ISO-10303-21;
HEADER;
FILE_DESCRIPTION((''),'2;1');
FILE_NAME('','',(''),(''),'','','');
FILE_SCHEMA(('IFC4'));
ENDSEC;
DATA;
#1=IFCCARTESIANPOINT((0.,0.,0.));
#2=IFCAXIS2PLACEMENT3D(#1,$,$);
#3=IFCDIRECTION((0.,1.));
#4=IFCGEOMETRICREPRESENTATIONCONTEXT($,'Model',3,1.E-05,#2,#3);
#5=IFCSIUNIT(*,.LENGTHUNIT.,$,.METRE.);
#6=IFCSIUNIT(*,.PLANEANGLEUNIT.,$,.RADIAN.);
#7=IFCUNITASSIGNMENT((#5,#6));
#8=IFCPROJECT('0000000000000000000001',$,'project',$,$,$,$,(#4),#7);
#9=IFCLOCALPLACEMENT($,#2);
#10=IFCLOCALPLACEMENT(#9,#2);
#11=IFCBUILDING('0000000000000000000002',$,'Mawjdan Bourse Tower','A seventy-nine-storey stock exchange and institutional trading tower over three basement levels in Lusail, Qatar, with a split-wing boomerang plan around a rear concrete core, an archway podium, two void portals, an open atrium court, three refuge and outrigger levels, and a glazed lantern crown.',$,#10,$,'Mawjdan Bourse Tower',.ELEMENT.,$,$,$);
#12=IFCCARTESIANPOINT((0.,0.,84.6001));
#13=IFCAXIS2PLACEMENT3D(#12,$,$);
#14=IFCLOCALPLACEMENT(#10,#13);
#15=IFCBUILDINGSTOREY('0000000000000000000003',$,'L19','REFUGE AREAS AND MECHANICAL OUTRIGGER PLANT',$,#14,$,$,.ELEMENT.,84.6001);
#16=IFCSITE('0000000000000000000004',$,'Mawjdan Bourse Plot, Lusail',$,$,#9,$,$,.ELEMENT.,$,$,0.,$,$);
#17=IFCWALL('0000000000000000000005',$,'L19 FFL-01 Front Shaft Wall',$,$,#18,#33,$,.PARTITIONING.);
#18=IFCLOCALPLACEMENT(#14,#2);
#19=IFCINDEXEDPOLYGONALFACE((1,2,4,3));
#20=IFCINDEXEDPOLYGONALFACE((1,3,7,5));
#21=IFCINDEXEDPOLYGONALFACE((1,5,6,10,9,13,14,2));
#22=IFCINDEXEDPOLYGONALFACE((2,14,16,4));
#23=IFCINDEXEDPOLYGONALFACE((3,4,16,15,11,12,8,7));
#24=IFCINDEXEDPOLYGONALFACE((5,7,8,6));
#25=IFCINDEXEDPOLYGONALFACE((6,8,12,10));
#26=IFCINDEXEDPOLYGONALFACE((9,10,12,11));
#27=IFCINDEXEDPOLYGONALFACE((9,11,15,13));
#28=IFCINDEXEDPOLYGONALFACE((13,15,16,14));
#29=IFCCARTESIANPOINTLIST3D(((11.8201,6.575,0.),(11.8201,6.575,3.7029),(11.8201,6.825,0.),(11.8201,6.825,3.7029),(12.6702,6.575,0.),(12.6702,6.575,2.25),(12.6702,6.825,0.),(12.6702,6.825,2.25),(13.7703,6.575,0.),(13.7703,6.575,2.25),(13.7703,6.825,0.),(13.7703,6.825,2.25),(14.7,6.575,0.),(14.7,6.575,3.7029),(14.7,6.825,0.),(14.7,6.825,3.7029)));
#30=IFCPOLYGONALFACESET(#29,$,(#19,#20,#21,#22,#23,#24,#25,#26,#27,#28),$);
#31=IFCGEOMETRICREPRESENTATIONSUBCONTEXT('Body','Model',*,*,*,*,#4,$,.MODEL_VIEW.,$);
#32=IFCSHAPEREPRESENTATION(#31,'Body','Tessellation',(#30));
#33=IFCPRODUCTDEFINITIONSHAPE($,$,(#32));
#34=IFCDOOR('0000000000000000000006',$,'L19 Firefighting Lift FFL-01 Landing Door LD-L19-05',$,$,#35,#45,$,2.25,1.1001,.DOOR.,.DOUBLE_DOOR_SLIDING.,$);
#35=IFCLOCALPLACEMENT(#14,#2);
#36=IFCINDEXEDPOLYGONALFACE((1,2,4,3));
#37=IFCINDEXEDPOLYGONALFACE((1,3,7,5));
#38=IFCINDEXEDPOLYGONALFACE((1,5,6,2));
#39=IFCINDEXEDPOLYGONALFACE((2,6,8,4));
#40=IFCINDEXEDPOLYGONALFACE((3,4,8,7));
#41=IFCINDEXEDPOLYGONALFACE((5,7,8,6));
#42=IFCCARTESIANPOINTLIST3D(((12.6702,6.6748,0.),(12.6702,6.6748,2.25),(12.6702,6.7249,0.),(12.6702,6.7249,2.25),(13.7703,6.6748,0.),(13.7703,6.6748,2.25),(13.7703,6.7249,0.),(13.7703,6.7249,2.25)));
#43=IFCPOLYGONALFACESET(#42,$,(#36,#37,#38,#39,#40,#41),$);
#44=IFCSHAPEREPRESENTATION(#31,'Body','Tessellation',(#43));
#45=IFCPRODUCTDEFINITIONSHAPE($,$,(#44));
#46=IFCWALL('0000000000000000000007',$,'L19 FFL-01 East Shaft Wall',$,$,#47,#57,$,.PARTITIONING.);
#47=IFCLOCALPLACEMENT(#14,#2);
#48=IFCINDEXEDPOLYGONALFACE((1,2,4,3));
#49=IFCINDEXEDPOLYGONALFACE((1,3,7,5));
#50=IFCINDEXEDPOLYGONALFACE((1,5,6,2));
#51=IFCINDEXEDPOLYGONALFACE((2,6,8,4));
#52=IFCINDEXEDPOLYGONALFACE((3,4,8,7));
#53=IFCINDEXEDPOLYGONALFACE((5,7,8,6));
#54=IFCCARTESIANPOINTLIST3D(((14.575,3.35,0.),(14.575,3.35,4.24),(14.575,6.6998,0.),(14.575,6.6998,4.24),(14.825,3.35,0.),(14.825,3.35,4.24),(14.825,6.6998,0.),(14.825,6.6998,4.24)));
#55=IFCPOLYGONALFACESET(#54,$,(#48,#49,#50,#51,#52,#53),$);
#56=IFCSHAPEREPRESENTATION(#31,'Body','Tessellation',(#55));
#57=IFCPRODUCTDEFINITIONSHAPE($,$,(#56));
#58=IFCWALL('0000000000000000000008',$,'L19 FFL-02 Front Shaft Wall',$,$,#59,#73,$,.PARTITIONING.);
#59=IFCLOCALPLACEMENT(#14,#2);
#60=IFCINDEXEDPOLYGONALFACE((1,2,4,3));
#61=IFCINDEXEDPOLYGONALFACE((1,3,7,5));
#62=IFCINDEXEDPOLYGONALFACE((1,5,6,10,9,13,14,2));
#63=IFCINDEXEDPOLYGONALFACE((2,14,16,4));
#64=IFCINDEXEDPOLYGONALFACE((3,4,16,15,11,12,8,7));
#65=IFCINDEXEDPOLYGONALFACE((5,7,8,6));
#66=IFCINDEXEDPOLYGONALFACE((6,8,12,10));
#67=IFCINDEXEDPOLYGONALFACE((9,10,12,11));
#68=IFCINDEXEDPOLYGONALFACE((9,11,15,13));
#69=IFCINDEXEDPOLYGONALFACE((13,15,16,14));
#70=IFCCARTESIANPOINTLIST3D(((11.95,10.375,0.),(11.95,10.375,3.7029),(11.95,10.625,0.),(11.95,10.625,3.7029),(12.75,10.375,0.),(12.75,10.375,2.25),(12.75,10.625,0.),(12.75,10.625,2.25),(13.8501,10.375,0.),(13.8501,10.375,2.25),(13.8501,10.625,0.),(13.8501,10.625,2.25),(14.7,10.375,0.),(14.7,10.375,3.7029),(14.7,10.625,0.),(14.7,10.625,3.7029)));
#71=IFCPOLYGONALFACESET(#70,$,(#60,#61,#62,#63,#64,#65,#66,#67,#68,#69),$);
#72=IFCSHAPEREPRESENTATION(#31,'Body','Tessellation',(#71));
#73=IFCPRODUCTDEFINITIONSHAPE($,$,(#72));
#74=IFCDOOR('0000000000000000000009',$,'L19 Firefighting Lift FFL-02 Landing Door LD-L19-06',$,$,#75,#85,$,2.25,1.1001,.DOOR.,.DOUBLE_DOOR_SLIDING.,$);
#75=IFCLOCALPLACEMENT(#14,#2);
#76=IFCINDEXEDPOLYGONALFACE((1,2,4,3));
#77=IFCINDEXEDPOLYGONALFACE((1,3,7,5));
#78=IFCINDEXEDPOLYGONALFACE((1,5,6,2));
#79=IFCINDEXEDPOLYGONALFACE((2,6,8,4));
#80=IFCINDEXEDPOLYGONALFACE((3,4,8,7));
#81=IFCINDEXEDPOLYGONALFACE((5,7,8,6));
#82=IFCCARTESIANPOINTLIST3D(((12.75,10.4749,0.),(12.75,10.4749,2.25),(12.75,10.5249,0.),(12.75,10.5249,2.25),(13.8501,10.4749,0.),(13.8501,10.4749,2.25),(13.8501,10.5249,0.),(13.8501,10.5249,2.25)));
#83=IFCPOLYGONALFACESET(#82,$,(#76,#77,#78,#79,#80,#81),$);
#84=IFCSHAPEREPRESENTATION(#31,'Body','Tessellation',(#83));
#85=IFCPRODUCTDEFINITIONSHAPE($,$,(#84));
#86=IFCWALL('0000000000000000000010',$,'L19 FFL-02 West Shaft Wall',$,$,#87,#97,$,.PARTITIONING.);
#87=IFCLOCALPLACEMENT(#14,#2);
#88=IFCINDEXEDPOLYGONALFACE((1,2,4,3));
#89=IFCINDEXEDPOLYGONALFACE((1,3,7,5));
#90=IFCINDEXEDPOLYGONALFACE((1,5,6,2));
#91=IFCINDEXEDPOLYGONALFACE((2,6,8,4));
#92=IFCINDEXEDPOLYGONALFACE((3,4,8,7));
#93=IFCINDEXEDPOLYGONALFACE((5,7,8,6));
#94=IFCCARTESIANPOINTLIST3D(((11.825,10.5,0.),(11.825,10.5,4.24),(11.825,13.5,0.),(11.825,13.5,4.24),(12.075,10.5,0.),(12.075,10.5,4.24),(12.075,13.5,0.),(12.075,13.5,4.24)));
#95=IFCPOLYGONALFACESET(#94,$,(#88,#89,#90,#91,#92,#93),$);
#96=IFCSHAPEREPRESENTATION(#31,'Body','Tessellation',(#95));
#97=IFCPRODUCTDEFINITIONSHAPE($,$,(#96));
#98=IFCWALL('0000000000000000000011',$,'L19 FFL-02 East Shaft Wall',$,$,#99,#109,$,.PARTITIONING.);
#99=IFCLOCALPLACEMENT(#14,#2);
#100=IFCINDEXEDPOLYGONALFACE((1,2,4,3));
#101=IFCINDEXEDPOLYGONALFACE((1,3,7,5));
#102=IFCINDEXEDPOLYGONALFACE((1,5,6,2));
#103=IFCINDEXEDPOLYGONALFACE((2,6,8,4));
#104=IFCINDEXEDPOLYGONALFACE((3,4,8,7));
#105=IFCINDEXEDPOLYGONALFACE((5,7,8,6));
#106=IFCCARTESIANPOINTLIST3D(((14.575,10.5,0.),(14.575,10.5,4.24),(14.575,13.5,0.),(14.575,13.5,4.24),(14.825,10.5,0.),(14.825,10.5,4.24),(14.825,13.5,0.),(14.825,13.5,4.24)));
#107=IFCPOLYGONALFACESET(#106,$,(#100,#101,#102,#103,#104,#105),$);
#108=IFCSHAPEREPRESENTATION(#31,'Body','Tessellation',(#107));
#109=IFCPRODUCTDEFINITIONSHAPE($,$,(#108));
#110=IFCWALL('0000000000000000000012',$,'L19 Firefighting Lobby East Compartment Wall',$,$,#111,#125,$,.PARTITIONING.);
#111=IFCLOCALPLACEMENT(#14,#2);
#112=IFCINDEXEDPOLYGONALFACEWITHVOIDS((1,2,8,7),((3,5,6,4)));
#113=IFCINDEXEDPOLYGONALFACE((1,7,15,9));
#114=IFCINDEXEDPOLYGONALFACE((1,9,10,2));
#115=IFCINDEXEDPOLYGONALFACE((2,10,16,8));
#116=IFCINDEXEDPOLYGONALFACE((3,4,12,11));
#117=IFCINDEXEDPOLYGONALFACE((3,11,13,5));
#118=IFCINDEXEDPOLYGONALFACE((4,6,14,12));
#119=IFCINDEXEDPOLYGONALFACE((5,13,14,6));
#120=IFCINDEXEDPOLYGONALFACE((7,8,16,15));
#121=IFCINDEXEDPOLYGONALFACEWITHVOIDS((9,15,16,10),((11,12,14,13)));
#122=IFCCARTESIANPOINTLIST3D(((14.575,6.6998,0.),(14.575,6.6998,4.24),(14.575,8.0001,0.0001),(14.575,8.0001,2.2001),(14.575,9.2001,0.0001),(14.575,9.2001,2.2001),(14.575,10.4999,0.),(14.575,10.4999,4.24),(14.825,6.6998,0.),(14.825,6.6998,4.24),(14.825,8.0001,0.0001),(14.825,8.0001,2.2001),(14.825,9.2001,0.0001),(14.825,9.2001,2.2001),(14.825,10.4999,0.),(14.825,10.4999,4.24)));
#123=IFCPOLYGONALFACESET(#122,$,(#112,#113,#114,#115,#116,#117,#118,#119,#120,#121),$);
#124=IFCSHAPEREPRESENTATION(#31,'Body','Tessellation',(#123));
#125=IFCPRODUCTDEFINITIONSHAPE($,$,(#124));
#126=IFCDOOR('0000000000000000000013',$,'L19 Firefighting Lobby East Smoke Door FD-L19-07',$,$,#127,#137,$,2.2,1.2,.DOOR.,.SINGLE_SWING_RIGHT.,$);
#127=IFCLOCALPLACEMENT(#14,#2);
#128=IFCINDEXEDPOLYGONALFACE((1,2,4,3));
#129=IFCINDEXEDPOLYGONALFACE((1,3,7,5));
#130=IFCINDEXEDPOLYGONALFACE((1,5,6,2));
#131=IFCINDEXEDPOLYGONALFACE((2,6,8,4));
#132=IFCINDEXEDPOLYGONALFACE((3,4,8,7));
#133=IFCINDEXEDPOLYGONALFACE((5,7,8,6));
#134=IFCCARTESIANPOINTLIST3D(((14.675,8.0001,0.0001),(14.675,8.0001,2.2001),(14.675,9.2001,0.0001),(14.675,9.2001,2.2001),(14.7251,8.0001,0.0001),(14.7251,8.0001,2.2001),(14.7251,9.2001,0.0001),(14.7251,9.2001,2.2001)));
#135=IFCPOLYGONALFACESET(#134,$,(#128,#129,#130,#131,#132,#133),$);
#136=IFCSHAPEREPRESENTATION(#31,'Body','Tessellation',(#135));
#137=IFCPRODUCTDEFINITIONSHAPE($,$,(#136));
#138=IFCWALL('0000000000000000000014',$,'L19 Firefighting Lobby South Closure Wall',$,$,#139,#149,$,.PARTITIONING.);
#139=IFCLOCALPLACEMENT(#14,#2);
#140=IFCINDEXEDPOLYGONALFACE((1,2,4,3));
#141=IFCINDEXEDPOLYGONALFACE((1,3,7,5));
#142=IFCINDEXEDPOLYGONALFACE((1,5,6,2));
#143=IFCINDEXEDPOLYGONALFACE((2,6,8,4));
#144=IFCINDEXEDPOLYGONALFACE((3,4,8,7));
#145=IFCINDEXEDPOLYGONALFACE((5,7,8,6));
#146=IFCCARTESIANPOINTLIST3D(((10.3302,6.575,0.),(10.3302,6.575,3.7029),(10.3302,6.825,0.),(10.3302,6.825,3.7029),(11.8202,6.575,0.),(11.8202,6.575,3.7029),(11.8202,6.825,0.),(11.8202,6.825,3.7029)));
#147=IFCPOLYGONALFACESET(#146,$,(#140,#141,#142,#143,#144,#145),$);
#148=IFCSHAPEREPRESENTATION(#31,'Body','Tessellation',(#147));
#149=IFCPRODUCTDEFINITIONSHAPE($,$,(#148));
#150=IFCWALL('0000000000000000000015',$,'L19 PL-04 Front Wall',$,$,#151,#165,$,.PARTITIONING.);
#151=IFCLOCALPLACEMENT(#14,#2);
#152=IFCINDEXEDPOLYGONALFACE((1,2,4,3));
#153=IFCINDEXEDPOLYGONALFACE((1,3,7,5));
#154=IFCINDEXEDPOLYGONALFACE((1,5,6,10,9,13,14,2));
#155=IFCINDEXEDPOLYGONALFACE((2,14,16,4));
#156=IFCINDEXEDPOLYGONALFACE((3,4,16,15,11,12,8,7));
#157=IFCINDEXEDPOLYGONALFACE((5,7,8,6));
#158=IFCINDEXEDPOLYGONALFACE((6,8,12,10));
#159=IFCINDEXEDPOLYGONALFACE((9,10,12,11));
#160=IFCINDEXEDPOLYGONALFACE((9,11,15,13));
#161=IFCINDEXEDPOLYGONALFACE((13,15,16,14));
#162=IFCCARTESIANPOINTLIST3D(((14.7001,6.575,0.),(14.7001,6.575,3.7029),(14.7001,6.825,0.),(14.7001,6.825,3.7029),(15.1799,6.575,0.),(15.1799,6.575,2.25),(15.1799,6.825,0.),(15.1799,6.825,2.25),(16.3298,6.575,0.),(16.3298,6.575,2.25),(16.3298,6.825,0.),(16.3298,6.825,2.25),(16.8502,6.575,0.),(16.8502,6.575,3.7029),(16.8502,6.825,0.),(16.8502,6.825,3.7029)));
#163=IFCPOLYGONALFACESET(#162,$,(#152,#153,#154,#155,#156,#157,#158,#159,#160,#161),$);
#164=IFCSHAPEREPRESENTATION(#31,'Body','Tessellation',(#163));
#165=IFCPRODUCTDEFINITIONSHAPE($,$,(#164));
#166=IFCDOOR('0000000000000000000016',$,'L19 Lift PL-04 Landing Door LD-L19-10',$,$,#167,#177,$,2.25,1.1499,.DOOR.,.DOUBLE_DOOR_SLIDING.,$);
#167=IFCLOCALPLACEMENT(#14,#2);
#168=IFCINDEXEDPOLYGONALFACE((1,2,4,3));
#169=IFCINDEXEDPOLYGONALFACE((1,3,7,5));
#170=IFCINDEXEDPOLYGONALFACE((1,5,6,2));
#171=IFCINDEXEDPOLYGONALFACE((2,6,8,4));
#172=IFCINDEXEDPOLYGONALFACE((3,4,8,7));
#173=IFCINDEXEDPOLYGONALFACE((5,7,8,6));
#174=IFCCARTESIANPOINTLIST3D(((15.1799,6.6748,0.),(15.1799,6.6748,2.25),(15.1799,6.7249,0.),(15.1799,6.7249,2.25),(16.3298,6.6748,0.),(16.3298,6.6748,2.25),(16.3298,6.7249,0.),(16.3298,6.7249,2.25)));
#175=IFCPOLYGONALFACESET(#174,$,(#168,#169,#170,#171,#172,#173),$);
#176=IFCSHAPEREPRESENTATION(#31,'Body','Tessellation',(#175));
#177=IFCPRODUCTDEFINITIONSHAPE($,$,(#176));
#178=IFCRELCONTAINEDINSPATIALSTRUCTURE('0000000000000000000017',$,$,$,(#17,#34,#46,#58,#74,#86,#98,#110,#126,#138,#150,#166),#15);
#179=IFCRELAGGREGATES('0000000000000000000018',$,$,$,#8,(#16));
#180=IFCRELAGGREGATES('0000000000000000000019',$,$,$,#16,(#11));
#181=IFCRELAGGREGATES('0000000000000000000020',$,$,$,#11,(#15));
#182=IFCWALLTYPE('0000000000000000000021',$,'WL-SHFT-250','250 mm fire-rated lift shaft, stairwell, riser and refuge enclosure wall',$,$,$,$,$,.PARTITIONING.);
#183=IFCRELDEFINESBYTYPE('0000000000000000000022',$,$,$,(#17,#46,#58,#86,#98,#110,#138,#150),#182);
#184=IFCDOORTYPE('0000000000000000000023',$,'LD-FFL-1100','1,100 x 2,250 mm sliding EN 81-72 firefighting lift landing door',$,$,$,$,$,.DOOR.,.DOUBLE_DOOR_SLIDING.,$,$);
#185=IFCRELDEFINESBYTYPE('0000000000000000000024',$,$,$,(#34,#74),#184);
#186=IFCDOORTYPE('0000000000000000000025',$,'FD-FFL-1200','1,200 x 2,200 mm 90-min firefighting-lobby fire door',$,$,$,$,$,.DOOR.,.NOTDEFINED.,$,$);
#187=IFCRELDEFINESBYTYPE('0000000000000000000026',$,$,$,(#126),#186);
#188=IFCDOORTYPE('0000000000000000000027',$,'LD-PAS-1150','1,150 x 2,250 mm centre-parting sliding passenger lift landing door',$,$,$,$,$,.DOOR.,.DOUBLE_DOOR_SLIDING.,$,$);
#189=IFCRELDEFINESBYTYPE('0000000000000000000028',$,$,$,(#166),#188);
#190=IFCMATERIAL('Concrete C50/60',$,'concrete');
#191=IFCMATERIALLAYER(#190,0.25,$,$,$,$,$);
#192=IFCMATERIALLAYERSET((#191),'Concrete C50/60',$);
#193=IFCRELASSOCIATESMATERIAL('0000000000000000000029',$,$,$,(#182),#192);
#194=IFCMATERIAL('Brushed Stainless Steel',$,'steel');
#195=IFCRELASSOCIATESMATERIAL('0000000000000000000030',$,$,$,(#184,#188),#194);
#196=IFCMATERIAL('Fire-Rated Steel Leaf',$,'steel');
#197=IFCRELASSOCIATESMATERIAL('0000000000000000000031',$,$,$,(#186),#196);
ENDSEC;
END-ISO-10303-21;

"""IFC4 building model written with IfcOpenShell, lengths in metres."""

from ifc_helpers import new_model, si_unit, direction, frame, frame_2d, origin, place, context, subcontext, project, spatial, rectangle, extrude, material, layer, layer_set, type_object, element, fill, save


model = new_model("IFC4")

# Units and contexts
model_context = context("Model", 3, precision=1e-05, world=origin(), true_north=direction((0.0, 1.0)))
body_context = subcontext(model_context, "Body", "Model", "MODEL_VIEW")
ifc_project = project(units=[si_unit("LENGTHUNIT", "METRE"), si_unit("PLANEANGLEUNIT", "RADIAN")], contexts=[model_context])

# Site, building, storey
site_placement = place(None, origin())
site = spatial("IfcSite", under=ifc_project, at=site_placement, Name="Mawjdan Bourse Plot, Lusail", CompositionType="ELEMENT", RefElevation=0.0)
building_placement = place(site_placement, origin())
building = spatial("IfcBuilding", under=site, at=building_placement, Name="Mawjdan Bourse Tower", Description="A seventy-nine-storey stock exchange and institutional trading tower over three basement levels in Lusail, Qatar, with a split-wing boomerang plan around a rear concrete core, an archway podium, two void portals, an open atrium court, three refuge and outrigger levels, and a glazed lantern crown.", LongName="Mawjdan Bourse Tower", CompositionType="ELEMENT")
storey_placement = place(building_placement, frame((0.0, 0.0, 84.6001)))
storey = spatial("IfcBuildingStorey", under=building, at=storey_placement, Name="L19", Description="REFUGE AREAS AND MECHANICAL OUTRIGGER PLANT", CompositionType="ELEMENT", Elevation=84.6001)

# Shared definitions
ifc_material_1 = material(Name="Concrete C50/60", Category="concrete")
ifc_layer_1 = layer(ifc_material_1, 0.25)
ifc_layer_set_1 = layer_set([ifc_layer_1], Name="Concrete C50/60")
wall_type_1 = type_object("IfcWallType", Name="WL-SHFT-250", Description="250 mm fire-rated lift shaft, stairwell, riser and refuge enclosure wall", PredefinedType="PARTITIONING", material=ifc_layer_set_1)

# Wall, opening, door
wall_1_placement = place(storey_placement, frame((11.8201, 6.7, 0.0), z_axis=(0.0, 0.0, 1.0), x_axis=(1.0, 0.0, 0.0)))
wall_1 = element("IfcWall", 1, at=wall_1_placement, inside=storey, type_object=wall_type_1, Name="L19 FFL-01 Front Shaft Wall", PredefinedType="PARTITIONING", context=body_context, shape_type="SweptSolid", body=[
    extrude(rectangle(XDim=2.8799, YDim=0.25, at=frame_2d((1.4399, 0.0))), origin(), (0.0, 0.0, 1.0), 3.7029),
])
opening_1_placement = place(wall_1_placement, frame((0.8501, 0.0, 0.0)))
opening_1 = element("IfcOpeningElement", 2, at=opening_1_placement, cuts=wall_1, PredefinedType="OPENING", context=body_context, shape_type="SweptSolid", body=[
    extrude(rectangle(XDim=1.1001, YDim=2.25, at=frame_2d((0.55, 1.125))), frame((0.0, 0.135, 0.0), z_axis=(0.0, -1.0, 0.0), x_axis=(1.0, 0.0, 0.0)), (0.0, 0.0, 1.0), 0.27),
])
ifc_material_2 = material(Name="Brushed Stainless Steel", Category="steel")
door_type_1 = type_object("IfcDoorType", Name="LD-FFL-1100", Description="1,100 x 2,250 mm sliding EN 81-72 firefighting lift landing door", OperationType="DOUBLE_DOOR_SLIDING", PredefinedType="DOOR", material=ifc_material_2)
door_1_placement = place(opening_1_placement, origin())
door_1 = element("IfcDoor", 3, at=door_1_placement, inside=storey, type_object=door_type_1, Name="L19 Firefighting Lift FFL-01 Landing Door LD-L19-05", OperationType="DOUBLE_DOOR_SLIDING", OverallHeight=2.25, OverallWidth=1.1001, PredefinedType="DOOR", context=body_context, shape_type="SweptSolid", body=[
    extrude(rectangle(XDim=1.1001, YDim=2.25, at=frame_2d((0.55, 1.125))), frame((0.0, 0.0249, 0.0), z_axis=(0.0, -1.0, 0.0), x_axis=(1.0, 0.0, 0.0)), (0.0, 0.0, 1.0), 0.05),
])
fill(opening_1, door_1)

# Wall
wall_2_placement = place(storey_placement, frame((14.7, 3.3501, 0.0), z_axis=(0.0, 0.0, 1.0), x_axis=(0.0, 1.0, 0.0)))
element("IfcWall", 4, at=wall_2_placement, inside=storey, type_object=wall_type_1, Name="L19 FFL-01 East Shaft Wall", PredefinedType="PARTITIONING", context=body_context, shape_type="SweptSolid", body=[
    extrude(rectangle(XDim=3.3499, YDim=0.25, at=frame_2d((1.6748, 0.0))), origin(), (0.0, 0.0, 1.0), 4.24),
])

# Wall, opening, door
wall_3_placement = place(storey_placement, frame((11.95, 10.5, 0.0), z_axis=(0.0, 0.0, 1.0), x_axis=(1.0, 0.0, 0.0)))
wall_3 = element("IfcWall", 5, at=wall_3_placement, inside=storey, type_object=wall_type_1, Name="L19 FFL-02 Front Shaft Wall", PredefinedType="PARTITIONING", context=body_context, shape_type="SweptSolid", body=[
    extrude(rectangle(XDim=2.75, YDim=0.25, at=frame_2d((1.375, 0.0))), origin(), (0.0, 0.0, 1.0), 3.7029),
])
opening_2_placement = place(wall_3_placement, frame((0.8, 0.0, 0.0)))
opening_2 = element("IfcOpeningElement", 6, at=opening_2_placement, cuts=wall_3, PredefinedType="OPENING", context=body_context, shape_type="SweptSolid", body=[
    extrude(rectangle(XDim=1.1001, YDim=2.25, at=frame_2d((0.55, 1.125))), frame((0.0, 0.135, 0.0), z_axis=(0.0, -1.0, 0.0), x_axis=(1.0, 0.0, 0.0)), (0.0, 0.0, 1.0), 0.27),
])
door_2_placement = place(opening_2_placement, origin())
door_2 = element("IfcDoor", 7, at=door_2_placement, inside=storey, type_object=door_type_1, Name="L19 Firefighting Lift FFL-02 Landing Door LD-L19-06", OperationType="DOUBLE_DOOR_SLIDING", OverallHeight=2.25, OverallWidth=1.1001, PredefinedType="DOOR", context=body_context, shape_type="SweptSolid", body=[
    extrude(rectangle(XDim=1.1001, YDim=2.25, at=frame_2d((0.55, 1.125))), frame((0.0, 0.0249, 0.0), z_axis=(0.0, -1.0, 0.0), x_axis=(1.0, 0.0, 0.0)), (0.0, 0.0, 1.0), 0.05),
])
fill(opening_2, door_2)

# Walls
for number, where, z_axis, x_axis, name in (
    (8, (11.95, 10.5, 0.0), (0.0, 0.0, 1.0), (0.0, 1.0, 0.0), "L19 FFL-02 West Shaft Wall"),
    (9, (14.7, 10.5, 0.0), (0.0, 0.0, 1.0), (0.0, 1.0, 0.0), "L19 FFL-02 East Shaft Wall"),
):
    element("IfcWall", number, at=place(storey_placement, frame(where, z_axis=z_axis, x_axis=x_axis)), inside=storey, type_object=wall_type_1, Name=name, PredefinedType="PARTITIONING", context=body_context, shape_type="SweptSolid", body=[
        extrude(rectangle(XDim=3.0, YDim=0.25, at=frame_2d((1.5, 0.0))), origin(), (0.0, 0.0, 1.0), 4.24),
    ])

# Wall, opening, door
wall_4_placement = place(storey_placement, frame((14.7, 6.7, 0.0), z_axis=(0.0, 0.0, 1.0), x_axis=(0.0, 1.0, 0.0)))
wall_4 = element("IfcWall", 10, at=wall_4_placement, inside=storey, type_object=wall_type_1, Name="L19 Firefighting Lobby East Compartment Wall", PredefinedType="PARTITIONING", context=body_context, shape_type="SweptSolid", body=[
    extrude(rectangle(XDim=3.8, YDim=0.25, at=frame_2d((1.8999, 0.0))), origin(), (0.0, 0.0, 1.0), 4.24),
])
opening_3_placement = place(wall_4_placement, frame((1.3, 0.0, 0.0)))
opening_3 = element("IfcOpeningElement", 11, at=opening_3_placement, cuts=wall_4, PredefinedType="OPENING", context=body_context, shape_type="SweptSolid", body=[
    extrude(rectangle(XDim=1.2, YDim=2.2, at=frame_2d((0.6001, 1.1001))), frame((0.0, 0.135, 0.0), z_axis=(0.0, -1.0, 0.0), x_axis=(1.0, 0.0, 0.0)), (0.0, 0.0, 1.0), 0.27),
])
ifc_material_3 = material(Name="Fire-Rated Steel Leaf", Category="steel")
door_type_2 = type_object("IfcDoorType", Name="FD-FFL-1200", Description="1,200 x 2,200 mm 90-min firefighting-lobby fire door", OperationType="NOTDEFINED", PredefinedType="DOOR", material=ifc_material_3)
door_3_placement = place(opening_3_placement, origin())
door_3 = element("IfcDoor", 12, at=door_3_placement, inside=storey, type_object=door_type_2, Name="L19 Firefighting Lobby East Smoke Door FD-L19-07", OperationType="SINGLE_SWING_RIGHT", OverallHeight=2.2, OverallWidth=1.2, PredefinedType="DOOR", context=body_context, shape_type="SweptSolid", body=[
    extrude(rectangle(XDim=1.2, YDim=2.2, at=frame_2d((0.6001, 1.1001))), frame((0.0, 0.0249, 0.0), z_axis=(0.0, -1.0, 0.0), x_axis=(1.0, 0.0, 0.0)), (0.0, 0.0, 1.0), 0.05),
])
fill(opening_3, door_3)

# Wall
wall_5_placement = place(storey_placement, frame((10.3301, 6.7, 0.0), z_axis=(0.0, 0.0, 1.0), x_axis=(1.0, 0.0, 0.0)))
element("IfcWall", 13, at=wall_5_placement, inside=storey, type_object=wall_type_1, Name="L19 Firefighting Lobby South Closure Wall", PredefinedType="PARTITIONING", context=body_context, shape_type="SweptSolid", body=[
    extrude(rectangle(XDim=1.49, YDim=0.25, at=frame_2d((0.7451, 0.0))), origin(), (0.0, 0.0, 1.0), 3.7029),
])

# Wall, opening, door
wall_6_placement = place(storey_placement, frame((14.7, 6.7, 0.0), z_axis=(0.0, 0.0, 1.0), x_axis=(1.0, 0.0, 0.0)))
wall_6 = element("IfcWall", 14, at=wall_6_placement, inside=storey, type_object=wall_type_1, Name="L19 PL-04 Front Wall", PredefinedType="PARTITIONING", context=body_context, shape_type="SweptSolid", body=[
    extrude(rectangle(XDim=2.1501, YDim=0.25, at=frame_2d((1.0752, 0.0))), origin(), (0.0, 0.0, 1.0), 3.7029),
])
opening_4_placement = place(wall_6_placement, frame((0.48, 0.0, 0.0)))
opening_4 = element("IfcOpeningElement", 15, at=opening_4_placement, cuts=wall_6, PredefinedType="OPENING", context=body_context, shape_type="SweptSolid", body=[
    extrude(rectangle(XDim=1.1499, YDim=2.25, at=frame_2d((0.575, 1.125))), frame((0.0, 0.135, 0.0), z_axis=(0.0, -1.0, 0.0), x_axis=(1.0, 0.0, 0.0)), (0.0, 0.0, 1.0), 0.27),
])
door_type_3 = type_object("IfcDoorType", Name="LD-PAS-1150", Description="1,150 x 2,250 mm centre-parting sliding passenger lift landing door", OperationType="DOUBLE_DOOR_SLIDING", PredefinedType="DOOR", material=ifc_material_2)
door_4_placement = place(opening_4_placement, origin())
door_4 = element("IfcDoor", 16, at=door_4_placement, inside=storey, type_object=door_type_3, Name="L19 Lift PL-04 Landing Door LD-L19-10", OperationType="DOUBLE_DOOR_SLIDING", OverallHeight=2.25, OverallWidth=1.1499, PredefinedType="DOOR", context=body_context, shape_type="SweptSolid", body=[
    extrude(rectangle(XDim=1.1499, YDim=2.25, at=frame_2d((0.575, 1.125))), frame((0.0, 0.0249, 0.0), z_axis=(0.0, -1.0, 0.0), x_axis=(1.0, 0.0, 0.0)), (0.0, 0.0, 1.0), 0.05),
])
fill(opening_4, door_4)

save(model, "model.ifc")
